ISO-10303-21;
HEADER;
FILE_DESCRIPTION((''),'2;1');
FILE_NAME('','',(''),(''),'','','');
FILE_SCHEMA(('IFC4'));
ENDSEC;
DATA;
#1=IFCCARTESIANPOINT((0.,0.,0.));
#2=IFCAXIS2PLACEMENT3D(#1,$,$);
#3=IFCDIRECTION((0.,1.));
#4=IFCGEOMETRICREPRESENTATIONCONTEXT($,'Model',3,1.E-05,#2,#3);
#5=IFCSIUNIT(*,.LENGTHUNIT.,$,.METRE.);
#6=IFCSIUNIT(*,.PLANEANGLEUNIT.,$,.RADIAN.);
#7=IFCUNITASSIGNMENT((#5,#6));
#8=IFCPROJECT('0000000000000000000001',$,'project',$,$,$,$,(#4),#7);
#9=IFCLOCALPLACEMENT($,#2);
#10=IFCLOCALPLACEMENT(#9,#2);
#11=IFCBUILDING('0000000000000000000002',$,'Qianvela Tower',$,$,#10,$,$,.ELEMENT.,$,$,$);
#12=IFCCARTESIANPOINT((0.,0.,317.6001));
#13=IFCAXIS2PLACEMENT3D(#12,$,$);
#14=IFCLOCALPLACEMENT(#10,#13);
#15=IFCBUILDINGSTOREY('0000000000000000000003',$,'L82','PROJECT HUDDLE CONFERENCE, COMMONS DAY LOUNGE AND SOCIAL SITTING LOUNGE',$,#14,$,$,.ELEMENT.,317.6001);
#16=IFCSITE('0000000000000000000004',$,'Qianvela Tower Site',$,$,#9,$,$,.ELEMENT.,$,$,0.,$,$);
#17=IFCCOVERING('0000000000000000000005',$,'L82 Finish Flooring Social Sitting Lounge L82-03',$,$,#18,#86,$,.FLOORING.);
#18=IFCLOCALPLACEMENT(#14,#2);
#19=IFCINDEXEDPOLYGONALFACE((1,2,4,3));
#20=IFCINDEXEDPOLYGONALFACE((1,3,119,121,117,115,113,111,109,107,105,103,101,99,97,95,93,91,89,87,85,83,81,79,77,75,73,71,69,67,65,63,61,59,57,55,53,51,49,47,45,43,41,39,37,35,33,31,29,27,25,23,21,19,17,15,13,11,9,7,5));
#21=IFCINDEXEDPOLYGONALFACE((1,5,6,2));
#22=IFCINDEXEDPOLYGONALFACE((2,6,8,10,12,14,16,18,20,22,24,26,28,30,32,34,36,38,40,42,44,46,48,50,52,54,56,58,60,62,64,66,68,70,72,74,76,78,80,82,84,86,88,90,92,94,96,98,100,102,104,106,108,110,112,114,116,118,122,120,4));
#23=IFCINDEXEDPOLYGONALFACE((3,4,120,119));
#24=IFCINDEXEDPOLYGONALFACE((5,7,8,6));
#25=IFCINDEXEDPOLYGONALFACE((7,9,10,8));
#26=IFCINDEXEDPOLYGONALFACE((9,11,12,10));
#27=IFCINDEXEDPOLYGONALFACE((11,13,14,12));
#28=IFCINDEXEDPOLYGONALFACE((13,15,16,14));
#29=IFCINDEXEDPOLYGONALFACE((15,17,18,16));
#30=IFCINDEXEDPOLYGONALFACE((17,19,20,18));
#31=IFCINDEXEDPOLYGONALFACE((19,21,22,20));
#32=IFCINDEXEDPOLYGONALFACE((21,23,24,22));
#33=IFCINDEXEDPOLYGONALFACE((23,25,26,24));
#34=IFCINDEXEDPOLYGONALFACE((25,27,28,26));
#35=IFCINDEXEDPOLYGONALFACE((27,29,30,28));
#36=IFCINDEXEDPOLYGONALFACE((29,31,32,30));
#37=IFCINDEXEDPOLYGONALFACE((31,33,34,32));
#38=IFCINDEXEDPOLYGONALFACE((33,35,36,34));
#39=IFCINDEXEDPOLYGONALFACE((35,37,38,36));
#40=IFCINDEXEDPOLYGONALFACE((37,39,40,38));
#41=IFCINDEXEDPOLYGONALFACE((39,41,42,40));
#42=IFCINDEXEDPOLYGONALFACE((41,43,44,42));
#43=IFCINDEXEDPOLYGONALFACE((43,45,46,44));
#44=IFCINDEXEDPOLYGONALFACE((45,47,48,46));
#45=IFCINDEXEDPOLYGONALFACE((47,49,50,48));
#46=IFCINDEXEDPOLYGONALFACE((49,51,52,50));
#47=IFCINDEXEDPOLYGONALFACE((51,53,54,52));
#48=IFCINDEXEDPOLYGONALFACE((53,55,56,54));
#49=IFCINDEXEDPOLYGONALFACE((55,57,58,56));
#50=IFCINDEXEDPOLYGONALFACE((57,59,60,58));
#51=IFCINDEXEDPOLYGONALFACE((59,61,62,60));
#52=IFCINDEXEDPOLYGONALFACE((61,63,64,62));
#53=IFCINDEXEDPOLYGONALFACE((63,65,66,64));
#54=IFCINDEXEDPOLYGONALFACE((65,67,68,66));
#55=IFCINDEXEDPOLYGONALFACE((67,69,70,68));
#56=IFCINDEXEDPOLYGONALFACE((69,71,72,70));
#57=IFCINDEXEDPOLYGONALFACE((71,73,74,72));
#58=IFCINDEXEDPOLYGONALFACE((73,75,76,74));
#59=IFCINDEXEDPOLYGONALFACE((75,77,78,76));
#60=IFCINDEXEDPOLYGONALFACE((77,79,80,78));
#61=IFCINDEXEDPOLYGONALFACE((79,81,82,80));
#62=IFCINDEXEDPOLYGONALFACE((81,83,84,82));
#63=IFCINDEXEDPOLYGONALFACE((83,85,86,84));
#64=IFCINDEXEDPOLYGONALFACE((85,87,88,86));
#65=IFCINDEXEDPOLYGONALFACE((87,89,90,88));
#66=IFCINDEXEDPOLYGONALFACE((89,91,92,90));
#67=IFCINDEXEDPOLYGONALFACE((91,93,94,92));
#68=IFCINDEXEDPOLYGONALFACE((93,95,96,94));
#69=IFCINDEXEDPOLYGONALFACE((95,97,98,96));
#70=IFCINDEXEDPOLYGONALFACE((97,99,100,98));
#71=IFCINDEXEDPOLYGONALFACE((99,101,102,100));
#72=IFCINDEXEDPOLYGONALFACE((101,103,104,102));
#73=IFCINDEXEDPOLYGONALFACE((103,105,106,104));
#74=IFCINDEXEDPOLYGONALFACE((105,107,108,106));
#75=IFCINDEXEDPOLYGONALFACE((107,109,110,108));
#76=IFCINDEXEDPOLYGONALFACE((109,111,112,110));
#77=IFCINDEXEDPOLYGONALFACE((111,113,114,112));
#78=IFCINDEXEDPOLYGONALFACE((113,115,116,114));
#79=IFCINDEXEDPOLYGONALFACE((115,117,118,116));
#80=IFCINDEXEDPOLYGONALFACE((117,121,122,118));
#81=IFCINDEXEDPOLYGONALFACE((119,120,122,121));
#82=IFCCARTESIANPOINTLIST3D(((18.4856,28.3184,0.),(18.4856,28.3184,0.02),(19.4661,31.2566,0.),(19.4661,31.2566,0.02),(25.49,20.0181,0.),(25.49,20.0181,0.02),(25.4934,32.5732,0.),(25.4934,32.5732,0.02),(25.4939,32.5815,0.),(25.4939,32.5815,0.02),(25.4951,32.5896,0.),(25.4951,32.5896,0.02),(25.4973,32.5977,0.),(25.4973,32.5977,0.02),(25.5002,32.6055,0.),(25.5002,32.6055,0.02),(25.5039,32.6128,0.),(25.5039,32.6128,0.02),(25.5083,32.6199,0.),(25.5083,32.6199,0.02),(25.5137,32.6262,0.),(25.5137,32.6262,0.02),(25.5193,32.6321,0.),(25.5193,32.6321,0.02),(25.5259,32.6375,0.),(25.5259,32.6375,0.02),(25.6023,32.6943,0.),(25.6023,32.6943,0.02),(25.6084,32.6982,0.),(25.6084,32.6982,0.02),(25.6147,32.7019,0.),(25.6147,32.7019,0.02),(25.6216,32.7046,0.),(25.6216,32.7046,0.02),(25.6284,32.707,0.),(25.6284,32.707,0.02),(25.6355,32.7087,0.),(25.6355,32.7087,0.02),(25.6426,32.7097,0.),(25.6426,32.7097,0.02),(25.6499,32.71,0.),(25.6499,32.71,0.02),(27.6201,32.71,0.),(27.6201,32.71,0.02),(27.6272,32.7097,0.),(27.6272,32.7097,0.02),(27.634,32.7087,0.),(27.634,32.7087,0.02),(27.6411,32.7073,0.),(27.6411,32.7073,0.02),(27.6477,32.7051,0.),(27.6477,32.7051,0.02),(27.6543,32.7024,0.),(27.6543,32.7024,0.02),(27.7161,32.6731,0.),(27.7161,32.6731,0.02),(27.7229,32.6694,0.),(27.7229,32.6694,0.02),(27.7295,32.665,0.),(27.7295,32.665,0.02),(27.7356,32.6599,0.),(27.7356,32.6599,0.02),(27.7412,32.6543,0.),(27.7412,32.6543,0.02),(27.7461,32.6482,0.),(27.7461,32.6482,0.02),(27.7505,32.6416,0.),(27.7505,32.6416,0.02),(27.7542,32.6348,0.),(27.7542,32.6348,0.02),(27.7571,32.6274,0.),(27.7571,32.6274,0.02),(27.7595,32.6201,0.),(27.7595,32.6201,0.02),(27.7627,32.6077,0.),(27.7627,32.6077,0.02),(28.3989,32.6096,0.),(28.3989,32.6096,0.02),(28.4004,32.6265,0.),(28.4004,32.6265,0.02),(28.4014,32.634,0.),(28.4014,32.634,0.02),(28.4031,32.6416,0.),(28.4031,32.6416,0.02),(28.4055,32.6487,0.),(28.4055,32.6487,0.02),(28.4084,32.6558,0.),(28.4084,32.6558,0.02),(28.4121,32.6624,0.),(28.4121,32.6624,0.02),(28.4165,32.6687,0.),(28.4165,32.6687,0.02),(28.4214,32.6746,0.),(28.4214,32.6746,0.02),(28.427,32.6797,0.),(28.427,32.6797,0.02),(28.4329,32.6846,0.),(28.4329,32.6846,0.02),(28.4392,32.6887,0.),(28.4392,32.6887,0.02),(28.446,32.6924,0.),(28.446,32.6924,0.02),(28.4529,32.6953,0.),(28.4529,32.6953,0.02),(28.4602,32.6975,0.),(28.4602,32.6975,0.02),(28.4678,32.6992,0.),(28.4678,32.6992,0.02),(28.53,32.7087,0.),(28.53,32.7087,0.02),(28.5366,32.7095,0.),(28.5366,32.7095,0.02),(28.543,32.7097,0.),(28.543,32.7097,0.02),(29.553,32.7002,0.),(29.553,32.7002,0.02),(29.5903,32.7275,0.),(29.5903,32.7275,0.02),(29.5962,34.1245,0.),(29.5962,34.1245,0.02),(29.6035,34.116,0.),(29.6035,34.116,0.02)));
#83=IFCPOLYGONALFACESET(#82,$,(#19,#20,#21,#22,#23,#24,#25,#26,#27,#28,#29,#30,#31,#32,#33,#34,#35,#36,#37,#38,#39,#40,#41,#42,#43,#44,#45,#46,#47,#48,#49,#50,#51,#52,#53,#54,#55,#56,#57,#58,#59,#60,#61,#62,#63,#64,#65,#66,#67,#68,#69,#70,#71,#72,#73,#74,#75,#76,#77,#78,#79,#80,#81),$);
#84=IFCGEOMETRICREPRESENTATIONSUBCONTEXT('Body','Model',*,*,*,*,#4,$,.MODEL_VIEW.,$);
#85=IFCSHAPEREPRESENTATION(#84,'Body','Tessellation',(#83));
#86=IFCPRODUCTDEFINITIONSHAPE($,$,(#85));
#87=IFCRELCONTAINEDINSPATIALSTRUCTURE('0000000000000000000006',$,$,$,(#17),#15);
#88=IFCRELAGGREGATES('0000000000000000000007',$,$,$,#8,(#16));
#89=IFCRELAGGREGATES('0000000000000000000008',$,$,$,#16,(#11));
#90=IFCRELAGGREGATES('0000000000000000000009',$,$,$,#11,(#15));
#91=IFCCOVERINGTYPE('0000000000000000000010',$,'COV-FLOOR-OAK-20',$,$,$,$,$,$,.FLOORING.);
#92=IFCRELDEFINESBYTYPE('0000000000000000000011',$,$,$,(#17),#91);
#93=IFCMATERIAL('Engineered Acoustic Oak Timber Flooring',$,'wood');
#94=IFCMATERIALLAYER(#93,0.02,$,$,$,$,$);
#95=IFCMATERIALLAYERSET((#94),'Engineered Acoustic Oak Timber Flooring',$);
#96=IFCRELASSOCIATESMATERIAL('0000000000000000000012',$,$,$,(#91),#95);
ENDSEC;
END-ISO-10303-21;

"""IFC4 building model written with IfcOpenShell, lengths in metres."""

from ifc_helpers import new_model, si_unit, direction, frame, origin, place, context, subcontext, project, spatial, polyline, outline, extrude, material, layer, layer_set, type_object, element, save


model = new_model("IFC4")

# Units and contexts
model_context = context("Model", 3, precision=1e-05, world=origin(), true_north=direction((0.0, 1.0)))
body_context = subcontext(model_context, "Body", "Model", "MODEL_VIEW")
ifc_project = project(units=[si_unit("LENGTHUNIT", "METRE"), si_unit("PLANEANGLEUNIT", "RADIAN")], contexts=[model_context])

# Site, building, storey
site_placement = place(None, origin())
site = spatial("IfcSite", under=ifc_project, at=site_placement, Name="Qianvela Tower Site", CompositionType="ELEMENT", RefElevation=0.0)
building_placement = place(site_placement, origin())
building = spatial("IfcBuilding", under=site, at=building_placement, Name="Qianvela Tower", CompositionType="ELEMENT")
storey_placement = place(building_placement, frame((0.0, 0.0, 317.6001)))
storey = spatial("IfcBuildingStorey", under=building, at=storey_placement, Name="L82", Description="PROJECT HUDDLE CONFERENCE, COMMONS DAY LOUNGE AND SOCIAL SITTING LOUNGE", CompositionType="ELEMENT", Elevation=317.6001)

# Covering
ifc_material_1 = material(Name="Engineered Acoustic Oak Timber Flooring", Category="wood")
ifc_layer_1 = layer(ifc_material_1, 0.02)
ifc_layer_set_1 = layer_set([ifc_layer_1], Name="Engineered Acoustic Oak Timber Flooring")
covering_type_1 = type_object("IfcCoveringType", Name="COV-FLOOR-OAK-20", PredefinedType="FLOORING", material=ifc_layer_set_1)
covering_1_placement = place(storey_placement, origin())
element("IfcCovering", 1, at=covering_1_placement, inside=storey, type_object=covering_type_1, Name="L82 Finish Flooring Social Sitting Lounge L82-03", PredefinedType="FLOORING", context=body_context, shape_type="SweptSolid", body=[
    extrude(outline(polyline([(29.5962, 34.1245), (29.6035, 34.116), (29.5903, 32.7275), (29.553, 32.7002), (28.543, 32.7097), (28.5366, 32.7095), (28.53, 32.7087), (28.4678, 32.6992), (28.4602, 32.6975), (28.4529, 32.6953), (28.446, 32.6924), (28.4392, 32.6887), (28.4329, 32.6846), (28.427, 32.6797), (28.4214, 32.6746), (28.4165, 32.6687), (28.4121, 32.6624), (28.4084, 32.6558), (28.4055, 32.6487), (28.4031, 32.6416), (28.4014, 32.634), (28.4004, 32.6265), (28.3989, 32.6096), (27.7627, 32.6077), (27.7595, 32.6201), (27.7571, 32.6274), (27.7542, 32.6348), (27.7505, 32.6416), (27.7461, 32.6482), (27.7412, 32.6543), (27.7356, 32.6599), (27.7295, 32.665), (27.7229, 32.6694), (27.7161, 32.6731), (27.6543, 32.7024), (27.6477, 32.7051), (27.6411, 32.7073), (27.634, 32.7087), (27.6272, 32.7097), (27.6201, 32.71), (25.6499, 32.71), (25.6426, 32.7097), (25.6355, 32.7087), (25.6284, 32.707), (25.6216, 32.7046), (25.6147, 32.7019), (25.6084, 32.6982), (25.6023, 32.6943), (25.5259, 32.6375), (25.5193, 32.6321), (25.5137, 32.6262), (25.5083, 32.6199), (25.5039, 32.6128), (25.5002, 32.6055), (25.4973, 32.5977), (25.4951, 32.5896), (25.4939, 32.5815), (25.4934, 32.5732), (25.49, 20.0181), (18.4856, 28.3184), (19.4661, 31.2566), (29.5962, 34.1245)])), origin(), (0.0, 0.0, 1.0), 0.02),
])

save(model, "model.ifc")
